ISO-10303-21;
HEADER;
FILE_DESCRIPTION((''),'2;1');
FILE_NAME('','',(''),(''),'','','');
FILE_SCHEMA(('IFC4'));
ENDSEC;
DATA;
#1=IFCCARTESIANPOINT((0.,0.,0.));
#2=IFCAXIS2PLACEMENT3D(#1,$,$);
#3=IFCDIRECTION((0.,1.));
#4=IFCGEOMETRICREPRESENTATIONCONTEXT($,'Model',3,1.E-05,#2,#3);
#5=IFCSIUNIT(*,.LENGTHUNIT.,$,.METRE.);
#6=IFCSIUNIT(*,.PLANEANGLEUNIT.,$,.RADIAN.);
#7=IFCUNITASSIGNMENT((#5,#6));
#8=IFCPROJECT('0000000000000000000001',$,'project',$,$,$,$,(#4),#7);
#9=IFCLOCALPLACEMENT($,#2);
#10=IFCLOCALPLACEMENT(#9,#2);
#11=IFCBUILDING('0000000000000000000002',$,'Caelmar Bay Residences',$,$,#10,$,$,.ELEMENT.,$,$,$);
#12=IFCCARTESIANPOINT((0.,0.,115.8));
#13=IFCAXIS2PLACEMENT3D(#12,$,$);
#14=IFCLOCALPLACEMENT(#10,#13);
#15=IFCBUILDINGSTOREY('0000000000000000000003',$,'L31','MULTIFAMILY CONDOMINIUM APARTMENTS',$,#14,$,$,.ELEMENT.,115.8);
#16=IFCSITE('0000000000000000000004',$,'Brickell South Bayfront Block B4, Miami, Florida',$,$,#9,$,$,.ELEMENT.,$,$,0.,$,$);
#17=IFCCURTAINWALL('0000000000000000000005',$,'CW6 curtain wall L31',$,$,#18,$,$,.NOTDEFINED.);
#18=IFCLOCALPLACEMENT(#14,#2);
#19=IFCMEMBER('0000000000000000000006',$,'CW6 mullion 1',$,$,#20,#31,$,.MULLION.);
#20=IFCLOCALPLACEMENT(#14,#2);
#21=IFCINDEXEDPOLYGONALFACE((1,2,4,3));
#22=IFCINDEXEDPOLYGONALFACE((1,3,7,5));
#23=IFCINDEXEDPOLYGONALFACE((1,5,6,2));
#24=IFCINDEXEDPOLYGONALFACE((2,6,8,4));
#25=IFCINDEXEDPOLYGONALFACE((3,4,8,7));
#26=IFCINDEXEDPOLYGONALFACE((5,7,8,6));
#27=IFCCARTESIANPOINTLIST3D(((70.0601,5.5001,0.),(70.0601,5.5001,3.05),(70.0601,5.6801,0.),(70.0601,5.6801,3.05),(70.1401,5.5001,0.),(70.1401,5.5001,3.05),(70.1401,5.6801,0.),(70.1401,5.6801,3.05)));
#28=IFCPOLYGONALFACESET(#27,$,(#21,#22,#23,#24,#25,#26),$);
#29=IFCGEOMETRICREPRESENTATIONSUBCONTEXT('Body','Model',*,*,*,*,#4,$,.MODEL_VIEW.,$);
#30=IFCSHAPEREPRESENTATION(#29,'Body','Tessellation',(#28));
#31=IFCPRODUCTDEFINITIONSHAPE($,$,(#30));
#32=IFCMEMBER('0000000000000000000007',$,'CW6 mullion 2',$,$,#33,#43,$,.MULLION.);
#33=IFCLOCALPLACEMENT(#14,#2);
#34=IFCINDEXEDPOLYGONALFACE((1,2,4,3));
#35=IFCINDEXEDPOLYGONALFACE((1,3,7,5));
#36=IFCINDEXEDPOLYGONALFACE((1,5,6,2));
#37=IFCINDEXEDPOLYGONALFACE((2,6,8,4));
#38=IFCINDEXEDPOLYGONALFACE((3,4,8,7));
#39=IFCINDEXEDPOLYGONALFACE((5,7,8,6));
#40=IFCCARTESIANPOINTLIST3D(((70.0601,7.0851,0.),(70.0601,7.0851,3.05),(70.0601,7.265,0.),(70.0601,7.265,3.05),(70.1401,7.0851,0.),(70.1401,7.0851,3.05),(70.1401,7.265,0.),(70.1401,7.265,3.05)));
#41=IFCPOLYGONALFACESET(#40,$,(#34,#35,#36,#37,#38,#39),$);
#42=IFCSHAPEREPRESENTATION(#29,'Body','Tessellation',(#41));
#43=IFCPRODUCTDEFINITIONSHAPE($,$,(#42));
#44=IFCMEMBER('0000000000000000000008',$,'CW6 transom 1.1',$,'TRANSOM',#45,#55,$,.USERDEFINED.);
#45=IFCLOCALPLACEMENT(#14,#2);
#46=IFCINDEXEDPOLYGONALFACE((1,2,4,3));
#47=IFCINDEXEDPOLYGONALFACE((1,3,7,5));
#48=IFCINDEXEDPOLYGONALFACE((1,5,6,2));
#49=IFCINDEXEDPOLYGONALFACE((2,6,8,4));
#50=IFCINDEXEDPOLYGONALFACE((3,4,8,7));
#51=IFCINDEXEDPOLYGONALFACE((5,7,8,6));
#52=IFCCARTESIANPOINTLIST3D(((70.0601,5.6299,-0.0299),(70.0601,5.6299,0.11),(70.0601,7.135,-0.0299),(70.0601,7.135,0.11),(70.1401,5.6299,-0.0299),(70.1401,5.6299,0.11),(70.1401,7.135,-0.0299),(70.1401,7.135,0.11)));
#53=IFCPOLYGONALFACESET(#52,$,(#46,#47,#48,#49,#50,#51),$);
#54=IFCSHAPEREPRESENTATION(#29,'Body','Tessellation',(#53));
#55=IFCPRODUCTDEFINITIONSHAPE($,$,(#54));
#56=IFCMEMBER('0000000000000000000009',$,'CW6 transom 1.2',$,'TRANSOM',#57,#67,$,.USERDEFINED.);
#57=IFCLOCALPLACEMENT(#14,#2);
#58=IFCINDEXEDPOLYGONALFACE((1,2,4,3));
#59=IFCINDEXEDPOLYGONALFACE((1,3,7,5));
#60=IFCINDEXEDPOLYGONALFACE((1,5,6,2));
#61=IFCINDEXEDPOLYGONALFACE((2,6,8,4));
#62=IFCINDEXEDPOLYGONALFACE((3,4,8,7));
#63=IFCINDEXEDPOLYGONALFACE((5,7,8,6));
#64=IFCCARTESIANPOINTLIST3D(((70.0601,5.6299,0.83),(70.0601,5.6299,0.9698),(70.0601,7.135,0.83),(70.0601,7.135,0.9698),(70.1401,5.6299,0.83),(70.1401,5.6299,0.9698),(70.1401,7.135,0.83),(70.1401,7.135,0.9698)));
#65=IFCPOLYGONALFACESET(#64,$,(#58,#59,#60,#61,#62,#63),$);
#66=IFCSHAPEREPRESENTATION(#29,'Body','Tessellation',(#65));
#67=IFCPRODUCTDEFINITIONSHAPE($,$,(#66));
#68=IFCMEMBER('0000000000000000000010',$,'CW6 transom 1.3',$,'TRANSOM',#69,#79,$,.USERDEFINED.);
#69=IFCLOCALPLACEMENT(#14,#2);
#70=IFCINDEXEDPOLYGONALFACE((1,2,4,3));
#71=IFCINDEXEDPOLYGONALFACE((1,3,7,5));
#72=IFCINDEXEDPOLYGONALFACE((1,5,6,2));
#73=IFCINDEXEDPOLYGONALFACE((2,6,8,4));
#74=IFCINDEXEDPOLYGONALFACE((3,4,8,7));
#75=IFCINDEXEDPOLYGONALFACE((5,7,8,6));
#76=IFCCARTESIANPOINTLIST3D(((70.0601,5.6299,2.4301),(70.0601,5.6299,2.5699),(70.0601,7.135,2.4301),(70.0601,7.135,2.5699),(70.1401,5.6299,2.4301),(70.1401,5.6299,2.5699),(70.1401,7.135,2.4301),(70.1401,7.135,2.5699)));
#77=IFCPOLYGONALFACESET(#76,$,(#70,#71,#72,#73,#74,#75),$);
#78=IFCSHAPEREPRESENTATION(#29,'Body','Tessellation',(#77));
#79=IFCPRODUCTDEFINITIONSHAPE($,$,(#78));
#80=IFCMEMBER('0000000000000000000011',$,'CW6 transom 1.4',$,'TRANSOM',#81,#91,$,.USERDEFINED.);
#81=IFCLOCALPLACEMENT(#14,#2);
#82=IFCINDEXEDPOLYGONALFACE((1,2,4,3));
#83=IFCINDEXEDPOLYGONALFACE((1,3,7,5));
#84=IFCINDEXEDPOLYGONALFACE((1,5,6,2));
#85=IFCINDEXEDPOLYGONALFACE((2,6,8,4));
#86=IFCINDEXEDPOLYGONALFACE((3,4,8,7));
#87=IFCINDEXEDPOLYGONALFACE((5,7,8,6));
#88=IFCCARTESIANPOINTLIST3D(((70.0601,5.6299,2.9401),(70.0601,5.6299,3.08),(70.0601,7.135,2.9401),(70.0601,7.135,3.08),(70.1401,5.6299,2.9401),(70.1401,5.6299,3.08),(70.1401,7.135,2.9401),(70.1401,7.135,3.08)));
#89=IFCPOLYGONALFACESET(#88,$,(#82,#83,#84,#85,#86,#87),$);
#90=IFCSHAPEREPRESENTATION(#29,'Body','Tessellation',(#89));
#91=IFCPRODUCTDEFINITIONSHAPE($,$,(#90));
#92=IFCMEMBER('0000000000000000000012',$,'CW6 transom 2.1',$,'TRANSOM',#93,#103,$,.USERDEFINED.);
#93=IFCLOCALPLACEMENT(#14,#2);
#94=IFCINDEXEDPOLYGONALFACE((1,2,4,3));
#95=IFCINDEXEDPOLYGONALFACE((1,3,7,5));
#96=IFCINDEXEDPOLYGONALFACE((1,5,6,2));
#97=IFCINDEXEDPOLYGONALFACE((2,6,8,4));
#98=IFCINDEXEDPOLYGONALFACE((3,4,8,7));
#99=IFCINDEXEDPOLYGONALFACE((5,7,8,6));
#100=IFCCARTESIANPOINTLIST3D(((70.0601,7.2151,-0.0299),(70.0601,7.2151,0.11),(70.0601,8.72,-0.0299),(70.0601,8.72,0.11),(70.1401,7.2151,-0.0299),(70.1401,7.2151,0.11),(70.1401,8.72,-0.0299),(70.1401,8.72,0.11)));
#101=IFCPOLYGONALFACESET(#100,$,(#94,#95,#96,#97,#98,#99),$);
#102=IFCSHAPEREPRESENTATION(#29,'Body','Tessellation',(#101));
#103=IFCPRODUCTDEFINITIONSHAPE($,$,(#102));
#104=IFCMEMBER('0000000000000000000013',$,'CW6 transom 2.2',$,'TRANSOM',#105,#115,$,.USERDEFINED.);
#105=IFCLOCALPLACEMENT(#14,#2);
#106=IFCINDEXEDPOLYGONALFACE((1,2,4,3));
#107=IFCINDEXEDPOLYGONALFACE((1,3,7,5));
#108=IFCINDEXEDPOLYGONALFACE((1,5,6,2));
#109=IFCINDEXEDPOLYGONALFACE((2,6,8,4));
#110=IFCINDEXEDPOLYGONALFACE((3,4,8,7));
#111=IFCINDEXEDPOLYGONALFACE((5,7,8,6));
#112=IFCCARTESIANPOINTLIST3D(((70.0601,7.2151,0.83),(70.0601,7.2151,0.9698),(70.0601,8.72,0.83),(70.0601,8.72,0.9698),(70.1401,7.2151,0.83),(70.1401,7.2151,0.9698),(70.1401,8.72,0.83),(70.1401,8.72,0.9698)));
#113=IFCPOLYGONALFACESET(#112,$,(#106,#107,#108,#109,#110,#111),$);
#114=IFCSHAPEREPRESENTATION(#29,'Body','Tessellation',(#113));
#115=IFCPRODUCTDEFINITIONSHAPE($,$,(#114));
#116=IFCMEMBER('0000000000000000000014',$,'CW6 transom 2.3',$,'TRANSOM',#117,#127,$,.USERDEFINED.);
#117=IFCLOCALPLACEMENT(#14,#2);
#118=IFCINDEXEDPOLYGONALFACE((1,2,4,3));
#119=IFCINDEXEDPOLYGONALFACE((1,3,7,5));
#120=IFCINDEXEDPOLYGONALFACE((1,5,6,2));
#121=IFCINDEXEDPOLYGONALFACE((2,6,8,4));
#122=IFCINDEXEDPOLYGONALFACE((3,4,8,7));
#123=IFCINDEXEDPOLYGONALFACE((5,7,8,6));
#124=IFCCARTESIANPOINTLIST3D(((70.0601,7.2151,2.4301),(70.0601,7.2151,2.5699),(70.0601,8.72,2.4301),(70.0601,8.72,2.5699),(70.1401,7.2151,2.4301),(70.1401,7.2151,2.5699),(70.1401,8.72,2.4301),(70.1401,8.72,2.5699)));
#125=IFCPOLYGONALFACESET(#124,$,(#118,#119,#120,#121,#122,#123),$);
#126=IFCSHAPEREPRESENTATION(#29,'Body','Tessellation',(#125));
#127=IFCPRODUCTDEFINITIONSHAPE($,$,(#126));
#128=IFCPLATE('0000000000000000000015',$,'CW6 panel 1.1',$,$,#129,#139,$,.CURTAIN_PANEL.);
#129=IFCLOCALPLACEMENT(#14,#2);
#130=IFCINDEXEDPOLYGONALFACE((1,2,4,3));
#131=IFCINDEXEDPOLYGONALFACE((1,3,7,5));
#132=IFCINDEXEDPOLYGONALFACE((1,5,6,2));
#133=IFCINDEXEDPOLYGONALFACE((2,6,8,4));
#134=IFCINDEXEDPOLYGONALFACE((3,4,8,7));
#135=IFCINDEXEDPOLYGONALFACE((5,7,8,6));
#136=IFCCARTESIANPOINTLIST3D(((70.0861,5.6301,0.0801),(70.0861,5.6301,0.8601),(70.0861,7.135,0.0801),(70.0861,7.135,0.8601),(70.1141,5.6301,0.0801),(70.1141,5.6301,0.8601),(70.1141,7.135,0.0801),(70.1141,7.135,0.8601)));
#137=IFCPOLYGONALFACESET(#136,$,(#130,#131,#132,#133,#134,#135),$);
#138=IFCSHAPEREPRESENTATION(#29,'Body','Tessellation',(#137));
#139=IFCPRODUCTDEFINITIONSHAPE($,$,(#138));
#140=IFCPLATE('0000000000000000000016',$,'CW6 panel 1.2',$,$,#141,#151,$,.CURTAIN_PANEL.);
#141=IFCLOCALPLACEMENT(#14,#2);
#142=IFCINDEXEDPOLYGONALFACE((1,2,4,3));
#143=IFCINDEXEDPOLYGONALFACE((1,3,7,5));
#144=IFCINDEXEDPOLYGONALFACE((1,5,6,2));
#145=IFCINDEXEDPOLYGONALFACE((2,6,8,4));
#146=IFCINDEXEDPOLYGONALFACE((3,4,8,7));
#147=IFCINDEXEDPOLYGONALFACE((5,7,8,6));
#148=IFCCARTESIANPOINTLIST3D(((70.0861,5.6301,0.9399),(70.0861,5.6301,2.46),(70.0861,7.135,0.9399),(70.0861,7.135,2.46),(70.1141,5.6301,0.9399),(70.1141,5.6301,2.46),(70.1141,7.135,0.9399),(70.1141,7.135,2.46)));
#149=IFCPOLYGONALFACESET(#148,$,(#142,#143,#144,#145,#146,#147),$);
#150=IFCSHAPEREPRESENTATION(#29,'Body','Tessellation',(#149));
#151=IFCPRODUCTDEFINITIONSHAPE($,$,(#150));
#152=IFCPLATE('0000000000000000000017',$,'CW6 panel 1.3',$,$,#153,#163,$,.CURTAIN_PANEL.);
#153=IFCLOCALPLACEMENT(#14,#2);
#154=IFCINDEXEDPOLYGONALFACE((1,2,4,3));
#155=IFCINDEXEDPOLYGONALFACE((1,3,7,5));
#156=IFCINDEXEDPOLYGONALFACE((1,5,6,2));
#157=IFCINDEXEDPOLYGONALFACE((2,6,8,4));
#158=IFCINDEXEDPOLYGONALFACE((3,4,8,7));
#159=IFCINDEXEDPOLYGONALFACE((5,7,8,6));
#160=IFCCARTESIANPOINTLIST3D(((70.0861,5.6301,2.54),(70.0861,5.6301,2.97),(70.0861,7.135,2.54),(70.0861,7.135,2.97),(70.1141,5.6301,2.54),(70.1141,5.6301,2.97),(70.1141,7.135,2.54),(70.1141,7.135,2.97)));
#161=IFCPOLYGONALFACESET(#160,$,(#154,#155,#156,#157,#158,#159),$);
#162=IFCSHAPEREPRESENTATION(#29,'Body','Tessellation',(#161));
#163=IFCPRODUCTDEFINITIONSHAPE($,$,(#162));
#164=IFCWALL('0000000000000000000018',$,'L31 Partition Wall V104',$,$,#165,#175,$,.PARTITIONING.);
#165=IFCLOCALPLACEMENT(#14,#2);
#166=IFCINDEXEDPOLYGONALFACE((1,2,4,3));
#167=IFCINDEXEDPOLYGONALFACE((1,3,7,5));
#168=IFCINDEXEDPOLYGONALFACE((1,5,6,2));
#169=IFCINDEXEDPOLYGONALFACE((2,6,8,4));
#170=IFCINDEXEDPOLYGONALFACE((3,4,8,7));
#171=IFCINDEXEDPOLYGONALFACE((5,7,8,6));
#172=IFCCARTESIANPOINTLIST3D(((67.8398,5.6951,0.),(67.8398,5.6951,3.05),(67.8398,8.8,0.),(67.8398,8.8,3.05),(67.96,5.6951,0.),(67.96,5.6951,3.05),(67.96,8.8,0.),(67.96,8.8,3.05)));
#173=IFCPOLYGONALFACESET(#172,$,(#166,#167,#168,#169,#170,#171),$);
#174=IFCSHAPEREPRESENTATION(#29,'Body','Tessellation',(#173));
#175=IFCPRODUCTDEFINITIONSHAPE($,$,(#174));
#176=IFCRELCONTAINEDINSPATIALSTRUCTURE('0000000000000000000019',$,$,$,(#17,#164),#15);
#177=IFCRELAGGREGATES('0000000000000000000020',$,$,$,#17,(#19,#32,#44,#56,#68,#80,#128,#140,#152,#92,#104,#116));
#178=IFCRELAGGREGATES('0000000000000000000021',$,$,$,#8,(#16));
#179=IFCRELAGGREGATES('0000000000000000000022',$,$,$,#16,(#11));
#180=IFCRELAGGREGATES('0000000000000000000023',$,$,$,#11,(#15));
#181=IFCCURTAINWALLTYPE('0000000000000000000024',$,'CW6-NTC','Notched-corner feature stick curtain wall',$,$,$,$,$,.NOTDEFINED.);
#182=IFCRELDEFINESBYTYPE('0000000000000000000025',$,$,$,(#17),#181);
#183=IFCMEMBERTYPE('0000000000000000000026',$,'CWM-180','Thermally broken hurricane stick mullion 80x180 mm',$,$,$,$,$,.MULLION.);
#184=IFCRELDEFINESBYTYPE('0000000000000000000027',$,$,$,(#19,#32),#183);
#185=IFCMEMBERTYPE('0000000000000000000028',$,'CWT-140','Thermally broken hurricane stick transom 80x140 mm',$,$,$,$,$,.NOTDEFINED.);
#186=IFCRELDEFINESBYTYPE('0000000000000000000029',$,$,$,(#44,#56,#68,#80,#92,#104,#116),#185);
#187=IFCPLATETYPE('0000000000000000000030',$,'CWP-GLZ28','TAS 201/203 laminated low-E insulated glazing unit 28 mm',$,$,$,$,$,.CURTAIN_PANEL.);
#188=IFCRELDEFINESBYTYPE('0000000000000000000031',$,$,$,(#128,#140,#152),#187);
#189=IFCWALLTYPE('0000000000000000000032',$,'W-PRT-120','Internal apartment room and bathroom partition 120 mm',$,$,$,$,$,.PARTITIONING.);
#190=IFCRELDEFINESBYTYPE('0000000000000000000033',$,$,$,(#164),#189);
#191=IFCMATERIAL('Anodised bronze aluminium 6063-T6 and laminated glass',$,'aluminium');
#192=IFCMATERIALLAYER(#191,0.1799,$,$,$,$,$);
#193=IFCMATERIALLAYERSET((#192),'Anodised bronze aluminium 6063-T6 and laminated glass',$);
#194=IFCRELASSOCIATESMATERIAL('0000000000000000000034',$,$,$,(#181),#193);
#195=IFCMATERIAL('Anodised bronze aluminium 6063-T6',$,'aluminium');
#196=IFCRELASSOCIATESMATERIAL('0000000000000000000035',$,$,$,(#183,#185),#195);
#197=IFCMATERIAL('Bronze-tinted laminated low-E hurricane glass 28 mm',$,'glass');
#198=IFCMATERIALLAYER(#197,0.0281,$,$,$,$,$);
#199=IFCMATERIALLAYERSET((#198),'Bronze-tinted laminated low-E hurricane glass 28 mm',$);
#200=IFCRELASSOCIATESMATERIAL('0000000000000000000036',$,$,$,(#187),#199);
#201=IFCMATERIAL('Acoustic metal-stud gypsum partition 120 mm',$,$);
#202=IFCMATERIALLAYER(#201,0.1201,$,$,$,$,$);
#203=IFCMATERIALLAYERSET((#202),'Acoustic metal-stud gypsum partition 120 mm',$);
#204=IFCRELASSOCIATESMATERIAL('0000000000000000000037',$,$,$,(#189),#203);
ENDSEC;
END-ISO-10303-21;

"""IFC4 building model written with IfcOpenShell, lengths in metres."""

from ifc_helpers import new_model, si_unit, direction, frame, frame_2d, origin, origin_2d, place, context, subcontext, project, spatial, rectangle, extrude, material, layer, layer_set, material_profile, profile_set, type_object, element, aggregate, save


model = new_model("IFC4")

# Units and contexts
model_context = context("Model", 3, precision=1e-05, world=origin(), true_north=direction((0.0, 1.0)))
body_context = subcontext(model_context, "Body", "Model", "MODEL_VIEW")
ifc_project = project(units=[si_unit("LENGTHUNIT", "METRE"), si_unit("PLANEANGLEUNIT", "RADIAN")], contexts=[model_context])

# Site, building, storey
site_placement = place(None, origin())
site = spatial("IfcSite", under=ifc_project, at=site_placement, Name="Brickell South Bayfront Block B4, Miami, Florida", CompositionType="ELEMENT", RefElevation=0.0)
building_placement = place(site_placement, origin())
building = spatial("IfcBuilding", under=site, at=building_placement, Name="Caelmar Bay Residences", CompositionType="ELEMENT")
storey_placement = place(building_placement, frame((0.0, 0.0, 115.8)))
storey = spatial("IfcBuildingStorey", under=building, at=storey_placement, Name="L31", Description="MULTIFAMILY CONDOMINIUM APARTMENTS", CompositionType="ELEMENT", Elevation=115.8)

# Curtain wall, members, plates
ifc_material_1 = material(Name="Anodised bronze aluminium 6063-T6 and laminated glass", Category="aluminium")
ifc_layer_1 = layer(ifc_material_1, 0.1799)
ifc_layer_set_1 = layer_set([ifc_layer_1], Name="Anodised bronze aluminium 6063-T6 and laminated glass")
curtain_wall_type = type_object("IfcCurtainWallType", Name="CW6-NTC", Description="Notched-corner feature stick curtain wall", PredefinedType="NOTDEFINED", material=ifc_layer_set_1)
curtain_wall_placement = place(storey_placement, origin())
curtain_wall = element("IfcCurtainWall", 1, at=curtain_wall_placement, inside=storey, type_object=curtain_wall_type, Name="CW6 curtain wall L31", PredefinedType="NOTDEFINED")
ifc_material_2 = material(Name="Anodised bronze aluminium 6063-T6", Category="aluminium")
ifc_material_profile_1 = material_profile(ifc_material_2, rectangle(XDim=0.0801, YDim=0.1799, at=origin_2d()), Name="CWM-80X180")
ifc_profile_set_1 = profile_set([ifc_material_profile_1], Name="Anodised bronze aluminium 6063-T6")
member_type_1 = type_object("IfcMemberType", Name="CWM-180", Description="Thermally broken hurricane stick mullion 80x180 mm", PredefinedType="MULLION", material=ifc_profile_set_1)
member_1_placement = place(storey_placement, frame((70.1001, 5.5901, 0.0), z_axis=(0.0, 0.0, 1.0), x_axis=(-1.0, 0.0, 0.0)))
member_1 = element("IfcMember", 2, at=member_1_placement, type_object=member_type_1, Name="CW6 mullion 1", PredefinedType="MULLION", context=body_context, shape_type="SweptSolid", body=[
    extrude(rectangle(XDim=0.0801, YDim=0.1799, at=origin_2d()), origin(), (0.0, 0.0, 1.0), 3.05),
])
member_2_placement = place(storey_placement, frame((70.1001, 7.175, 0.0), z_axis=(0.0, 0.0, 1.0), x_axis=(-1.0, 0.0, 0.0)))
member_2 = element("IfcMember", 3, at=member_2_placement, type_object=member_type_1, Name="CW6 mullion 2", PredefinedType="MULLION", context=body_context, shape_type="SweptSolid", body=[
    extrude(rectangle(XDim=0.0801, YDim=0.1799, at=origin_2d()), origin(), (0.0, 0.0, 1.0), 3.05),
])
ifc_material_profile_2 = material_profile(ifc_material_2, rectangle(XDim=0.0801, YDim=0.1399, at=origin_2d()), Name="CWT-80X140")
ifc_profile_set_2 = profile_set([ifc_material_profile_2], Name="Anodised bronze aluminium 6063-T6")
member_type_2 = type_object("IfcMemberType", Name="CWT-140", Description="Thermally broken hurricane stick transom 80x140 mm", PredefinedType="NOTDEFINED", material=ifc_profile_set_2)
member_3_placement = place(storey_placement, frame((70.1001, 5.6299, 0.04), z_axis=(0.0, 1.0, 0.0), x_axis=(-1.0, 0.0, 0.0)))
member_3 = element("IfcMember", 4, at=member_3_placement, type_object=member_type_2, Name="CW6 transom 1.1", ObjectType="TRANSOM", PredefinedType="USERDEFINED", context=body_context, shape_type="SweptSolid", body=[
    extrude(rectangle(XDim=0.0801, YDim=0.1399, at=origin_2d()), origin(), (0.0, 0.0, 1.0), 1.5051),
])
member_4_placement = place(storey_placement, frame((70.1001, 5.6299, 0.8999), z_axis=(0.0, 1.0, 0.0), x_axis=(-1.0, 0.0, 0.0)))
member_4 = element("IfcMember", 5, at=member_4_placement, type_object=member_type_2, Name="CW6 transom 1.2", ObjectType="TRANSOM", PredefinedType="USERDEFINED", context=body_context, shape_type="SweptSolid", body=[
    extrude(rectangle(XDim=0.0801, YDim=0.1399, at=origin_2d()), origin(), (0.0, 0.0, 1.0), 1.5051),
])
member_5_placement = place(storey_placement, frame((70.1001, 5.6299, 2.5), z_axis=(0.0, 1.0, 0.0), x_axis=(-1.0, 0.0, 0.0)))
member_5 = element("IfcMember", 6, at=member_5_placement, type_object=member_type_2, Name="CW6 transom 1.3", ObjectType="TRANSOM", PredefinedType="USERDEFINED", context=body_context, shape_type="SweptSolid", body=[
    extrude(rectangle(XDim=0.0801, YDim=0.1399, at=origin_2d()), origin(), (0.0, 0.0, 1.0), 1.5051),
])
member_6_placement = place(storey_placement, frame((70.1001, 5.6299, 3.01), z_axis=(0.0, 1.0, 0.0), x_axis=(-1.0, 0.0, 0.0)))
member_6 = element("IfcMember", 7, at=member_6_placement, type_object=member_type_2, Name="CW6 transom 1.4", ObjectType="TRANSOM", PredefinedType="USERDEFINED", context=body_context, shape_type="SweptSolid", body=[
    extrude(rectangle(XDim=0.0801, YDim=0.1399, at=origin_2d()), origin(), (0.0, 0.0, 1.0), 1.5051),
])
member_7_placement = place(storey_placement, frame((70.1001, 7.2151, 0.04), z_axis=(0.0, 1.0, 0.0), x_axis=(-1.0, 0.0, 0.0)))
member_7 = element("IfcMember", 8, at=member_7_placement, type_object=member_type_2, Name="CW6 transom 2.1", ObjectType="TRANSOM", PredefinedType="USERDEFINED", context=body_context, shape_type="SweptSolid", body=[
    extrude(rectangle(XDim=0.0801, YDim=0.1399, at=origin_2d()), origin(), (0.0, 0.0, 1.0), 1.5049),
])
member_8_placement = place(storey_placement, frame((70.1001, 7.2151, 0.8999), z_axis=(0.0, 1.0, 0.0), x_axis=(-1.0, 0.0, 0.0)))
member_8 = element("IfcMember", 9, at=member_8_placement, type_object=member_type_2, Name="CW6 transom 2.2", ObjectType="TRANSOM", PredefinedType="USERDEFINED", context=body_context, shape_type="SweptSolid", body=[
    extrude(rectangle(XDim=0.0801, YDim=0.1399, at=origin_2d()), origin(), (0.0, 0.0, 1.0), 1.5049),
])
member_9_placement = place(storey_placement, frame((70.1001, 7.2151, 2.5), z_axis=(0.0, 1.0, 0.0), x_axis=(-1.0, 0.0, 0.0)))
member_9 = element("IfcMember", 10, at=member_9_placement, type_object=member_type_2, Name="CW6 transom 2.3", ObjectType="TRANSOM", PredefinedType="USERDEFINED", context=body_context, shape_type="SweptSolid", body=[
    extrude(rectangle(XDim=0.0801, YDim=0.1399, at=origin_2d()), origin(), (0.0, 0.0, 1.0), 1.5049),
])
ifc_material_3 = material(Name="Bronze-tinted laminated low-E hurricane glass 28 mm", Category="glass")
ifc_layer_2 = layer(ifc_material_3, 0.0281)
ifc_layer_set_2 = layer_set([ifc_layer_2], Name="Bronze-tinted laminated low-E hurricane glass 28 mm")
plate_type = type_object("IfcPlateType", Name="CWP-GLZ28", Description="TAS 201/203 laminated low-E insulated glazing unit 28 mm", PredefinedType="CURTAIN_PANEL", material=ifc_layer_set_2)
plate_1_placement = place(storey_placement, frame((70.1001, 6.3826, 0.0801), z_axis=(0.0, 0.0, 1.0), x_axis=(0.0, 1.0, 0.0)))
plate_1 = element("IfcPlate", 11, at=plate_1_placement, type_object=plate_type, Name="CW6 panel 1.1", PredefinedType="CURTAIN_PANEL", context=body_context, shape_type="SweptSolid", body=[
    extrude(rectangle(XDim=1.5049, YDim=0.0281, at=origin_2d()), origin(), (0.0, 0.0, 1.0), 0.78),
])
plate_2_placement = place(storey_placement, frame((70.1001, 6.3826, 0.9399), z_axis=(0.0, 0.0, 1.0), x_axis=(0.0, 1.0, 0.0)))
plate_2 = element("IfcPlate", 12, at=plate_2_placement, type_object=plate_type, Name="CW6 panel 1.2", PredefinedType="CURTAIN_PANEL", context=body_context, shape_type="SweptSolid", body=[
    extrude(rectangle(XDim=1.5049, YDim=0.0281, at=origin_2d()), origin(), (0.0, 0.0, 1.0), 1.52),
])
plate_3_placement = place(storey_placement, frame((70.1001, 6.3826, 2.54), z_axis=(0.0, 0.0, 1.0), x_axis=(0.0, 1.0, 0.0)))
plate_3 = element("IfcPlate", 13, at=plate_3_placement, type_object=plate_type, Name="CW6 panel 1.3", PredefinedType="CURTAIN_PANEL", context=body_context, shape_type="SweptSolid", body=[
    extrude(rectangle(XDim=1.5049, YDim=0.0281, at=origin_2d()), origin(), (0.0, 0.0, 1.0), 0.4299),
])
aggregate(curtain_wall, [member_1, member_2, member_3, member_4, member_5, member_6, plate_1, plate_2, plate_3, member_7, member_8, member_9])

# Wall
ifc_material_4 = material(Name="Acoustic metal-stud gypsum partition 120 mm")
ifc_layer_3 = layer(ifc_material_4, 0.1201)
ifc_layer_set_3 = layer_set([ifc_layer_3], Name="Acoustic metal-stud gypsum partition 120 mm")
wall_type_1 = type_object("IfcWallType", Name="W-PRT-120", Description="Internal apartment room and bathroom partition 120 mm", PredefinedType="PARTITIONING", material=ifc_layer_set_3)
wall_1_placement = place(storey_placement, frame((67.8999, 5.6951, 0.0), z_axis=(0.0, 0.0, 1.0), x_axis=(0.0, 1.0, 0.0)))
element("IfcWall", 14, at=wall_1_placement, inside=storey, type_object=wall_type_1, Name="L31 Partition Wall V104", PredefinedType="PARTITIONING", context=body_context, shape_type="SweptSolid", body=[
    extrude(rectangle(XDim=3.105, YDim=0.1201, at=frame_2d((1.5525, 0.0))), origin(), (0.0, 0.0, 1.0), 3.05),
])

save(model, "model.ifc")
